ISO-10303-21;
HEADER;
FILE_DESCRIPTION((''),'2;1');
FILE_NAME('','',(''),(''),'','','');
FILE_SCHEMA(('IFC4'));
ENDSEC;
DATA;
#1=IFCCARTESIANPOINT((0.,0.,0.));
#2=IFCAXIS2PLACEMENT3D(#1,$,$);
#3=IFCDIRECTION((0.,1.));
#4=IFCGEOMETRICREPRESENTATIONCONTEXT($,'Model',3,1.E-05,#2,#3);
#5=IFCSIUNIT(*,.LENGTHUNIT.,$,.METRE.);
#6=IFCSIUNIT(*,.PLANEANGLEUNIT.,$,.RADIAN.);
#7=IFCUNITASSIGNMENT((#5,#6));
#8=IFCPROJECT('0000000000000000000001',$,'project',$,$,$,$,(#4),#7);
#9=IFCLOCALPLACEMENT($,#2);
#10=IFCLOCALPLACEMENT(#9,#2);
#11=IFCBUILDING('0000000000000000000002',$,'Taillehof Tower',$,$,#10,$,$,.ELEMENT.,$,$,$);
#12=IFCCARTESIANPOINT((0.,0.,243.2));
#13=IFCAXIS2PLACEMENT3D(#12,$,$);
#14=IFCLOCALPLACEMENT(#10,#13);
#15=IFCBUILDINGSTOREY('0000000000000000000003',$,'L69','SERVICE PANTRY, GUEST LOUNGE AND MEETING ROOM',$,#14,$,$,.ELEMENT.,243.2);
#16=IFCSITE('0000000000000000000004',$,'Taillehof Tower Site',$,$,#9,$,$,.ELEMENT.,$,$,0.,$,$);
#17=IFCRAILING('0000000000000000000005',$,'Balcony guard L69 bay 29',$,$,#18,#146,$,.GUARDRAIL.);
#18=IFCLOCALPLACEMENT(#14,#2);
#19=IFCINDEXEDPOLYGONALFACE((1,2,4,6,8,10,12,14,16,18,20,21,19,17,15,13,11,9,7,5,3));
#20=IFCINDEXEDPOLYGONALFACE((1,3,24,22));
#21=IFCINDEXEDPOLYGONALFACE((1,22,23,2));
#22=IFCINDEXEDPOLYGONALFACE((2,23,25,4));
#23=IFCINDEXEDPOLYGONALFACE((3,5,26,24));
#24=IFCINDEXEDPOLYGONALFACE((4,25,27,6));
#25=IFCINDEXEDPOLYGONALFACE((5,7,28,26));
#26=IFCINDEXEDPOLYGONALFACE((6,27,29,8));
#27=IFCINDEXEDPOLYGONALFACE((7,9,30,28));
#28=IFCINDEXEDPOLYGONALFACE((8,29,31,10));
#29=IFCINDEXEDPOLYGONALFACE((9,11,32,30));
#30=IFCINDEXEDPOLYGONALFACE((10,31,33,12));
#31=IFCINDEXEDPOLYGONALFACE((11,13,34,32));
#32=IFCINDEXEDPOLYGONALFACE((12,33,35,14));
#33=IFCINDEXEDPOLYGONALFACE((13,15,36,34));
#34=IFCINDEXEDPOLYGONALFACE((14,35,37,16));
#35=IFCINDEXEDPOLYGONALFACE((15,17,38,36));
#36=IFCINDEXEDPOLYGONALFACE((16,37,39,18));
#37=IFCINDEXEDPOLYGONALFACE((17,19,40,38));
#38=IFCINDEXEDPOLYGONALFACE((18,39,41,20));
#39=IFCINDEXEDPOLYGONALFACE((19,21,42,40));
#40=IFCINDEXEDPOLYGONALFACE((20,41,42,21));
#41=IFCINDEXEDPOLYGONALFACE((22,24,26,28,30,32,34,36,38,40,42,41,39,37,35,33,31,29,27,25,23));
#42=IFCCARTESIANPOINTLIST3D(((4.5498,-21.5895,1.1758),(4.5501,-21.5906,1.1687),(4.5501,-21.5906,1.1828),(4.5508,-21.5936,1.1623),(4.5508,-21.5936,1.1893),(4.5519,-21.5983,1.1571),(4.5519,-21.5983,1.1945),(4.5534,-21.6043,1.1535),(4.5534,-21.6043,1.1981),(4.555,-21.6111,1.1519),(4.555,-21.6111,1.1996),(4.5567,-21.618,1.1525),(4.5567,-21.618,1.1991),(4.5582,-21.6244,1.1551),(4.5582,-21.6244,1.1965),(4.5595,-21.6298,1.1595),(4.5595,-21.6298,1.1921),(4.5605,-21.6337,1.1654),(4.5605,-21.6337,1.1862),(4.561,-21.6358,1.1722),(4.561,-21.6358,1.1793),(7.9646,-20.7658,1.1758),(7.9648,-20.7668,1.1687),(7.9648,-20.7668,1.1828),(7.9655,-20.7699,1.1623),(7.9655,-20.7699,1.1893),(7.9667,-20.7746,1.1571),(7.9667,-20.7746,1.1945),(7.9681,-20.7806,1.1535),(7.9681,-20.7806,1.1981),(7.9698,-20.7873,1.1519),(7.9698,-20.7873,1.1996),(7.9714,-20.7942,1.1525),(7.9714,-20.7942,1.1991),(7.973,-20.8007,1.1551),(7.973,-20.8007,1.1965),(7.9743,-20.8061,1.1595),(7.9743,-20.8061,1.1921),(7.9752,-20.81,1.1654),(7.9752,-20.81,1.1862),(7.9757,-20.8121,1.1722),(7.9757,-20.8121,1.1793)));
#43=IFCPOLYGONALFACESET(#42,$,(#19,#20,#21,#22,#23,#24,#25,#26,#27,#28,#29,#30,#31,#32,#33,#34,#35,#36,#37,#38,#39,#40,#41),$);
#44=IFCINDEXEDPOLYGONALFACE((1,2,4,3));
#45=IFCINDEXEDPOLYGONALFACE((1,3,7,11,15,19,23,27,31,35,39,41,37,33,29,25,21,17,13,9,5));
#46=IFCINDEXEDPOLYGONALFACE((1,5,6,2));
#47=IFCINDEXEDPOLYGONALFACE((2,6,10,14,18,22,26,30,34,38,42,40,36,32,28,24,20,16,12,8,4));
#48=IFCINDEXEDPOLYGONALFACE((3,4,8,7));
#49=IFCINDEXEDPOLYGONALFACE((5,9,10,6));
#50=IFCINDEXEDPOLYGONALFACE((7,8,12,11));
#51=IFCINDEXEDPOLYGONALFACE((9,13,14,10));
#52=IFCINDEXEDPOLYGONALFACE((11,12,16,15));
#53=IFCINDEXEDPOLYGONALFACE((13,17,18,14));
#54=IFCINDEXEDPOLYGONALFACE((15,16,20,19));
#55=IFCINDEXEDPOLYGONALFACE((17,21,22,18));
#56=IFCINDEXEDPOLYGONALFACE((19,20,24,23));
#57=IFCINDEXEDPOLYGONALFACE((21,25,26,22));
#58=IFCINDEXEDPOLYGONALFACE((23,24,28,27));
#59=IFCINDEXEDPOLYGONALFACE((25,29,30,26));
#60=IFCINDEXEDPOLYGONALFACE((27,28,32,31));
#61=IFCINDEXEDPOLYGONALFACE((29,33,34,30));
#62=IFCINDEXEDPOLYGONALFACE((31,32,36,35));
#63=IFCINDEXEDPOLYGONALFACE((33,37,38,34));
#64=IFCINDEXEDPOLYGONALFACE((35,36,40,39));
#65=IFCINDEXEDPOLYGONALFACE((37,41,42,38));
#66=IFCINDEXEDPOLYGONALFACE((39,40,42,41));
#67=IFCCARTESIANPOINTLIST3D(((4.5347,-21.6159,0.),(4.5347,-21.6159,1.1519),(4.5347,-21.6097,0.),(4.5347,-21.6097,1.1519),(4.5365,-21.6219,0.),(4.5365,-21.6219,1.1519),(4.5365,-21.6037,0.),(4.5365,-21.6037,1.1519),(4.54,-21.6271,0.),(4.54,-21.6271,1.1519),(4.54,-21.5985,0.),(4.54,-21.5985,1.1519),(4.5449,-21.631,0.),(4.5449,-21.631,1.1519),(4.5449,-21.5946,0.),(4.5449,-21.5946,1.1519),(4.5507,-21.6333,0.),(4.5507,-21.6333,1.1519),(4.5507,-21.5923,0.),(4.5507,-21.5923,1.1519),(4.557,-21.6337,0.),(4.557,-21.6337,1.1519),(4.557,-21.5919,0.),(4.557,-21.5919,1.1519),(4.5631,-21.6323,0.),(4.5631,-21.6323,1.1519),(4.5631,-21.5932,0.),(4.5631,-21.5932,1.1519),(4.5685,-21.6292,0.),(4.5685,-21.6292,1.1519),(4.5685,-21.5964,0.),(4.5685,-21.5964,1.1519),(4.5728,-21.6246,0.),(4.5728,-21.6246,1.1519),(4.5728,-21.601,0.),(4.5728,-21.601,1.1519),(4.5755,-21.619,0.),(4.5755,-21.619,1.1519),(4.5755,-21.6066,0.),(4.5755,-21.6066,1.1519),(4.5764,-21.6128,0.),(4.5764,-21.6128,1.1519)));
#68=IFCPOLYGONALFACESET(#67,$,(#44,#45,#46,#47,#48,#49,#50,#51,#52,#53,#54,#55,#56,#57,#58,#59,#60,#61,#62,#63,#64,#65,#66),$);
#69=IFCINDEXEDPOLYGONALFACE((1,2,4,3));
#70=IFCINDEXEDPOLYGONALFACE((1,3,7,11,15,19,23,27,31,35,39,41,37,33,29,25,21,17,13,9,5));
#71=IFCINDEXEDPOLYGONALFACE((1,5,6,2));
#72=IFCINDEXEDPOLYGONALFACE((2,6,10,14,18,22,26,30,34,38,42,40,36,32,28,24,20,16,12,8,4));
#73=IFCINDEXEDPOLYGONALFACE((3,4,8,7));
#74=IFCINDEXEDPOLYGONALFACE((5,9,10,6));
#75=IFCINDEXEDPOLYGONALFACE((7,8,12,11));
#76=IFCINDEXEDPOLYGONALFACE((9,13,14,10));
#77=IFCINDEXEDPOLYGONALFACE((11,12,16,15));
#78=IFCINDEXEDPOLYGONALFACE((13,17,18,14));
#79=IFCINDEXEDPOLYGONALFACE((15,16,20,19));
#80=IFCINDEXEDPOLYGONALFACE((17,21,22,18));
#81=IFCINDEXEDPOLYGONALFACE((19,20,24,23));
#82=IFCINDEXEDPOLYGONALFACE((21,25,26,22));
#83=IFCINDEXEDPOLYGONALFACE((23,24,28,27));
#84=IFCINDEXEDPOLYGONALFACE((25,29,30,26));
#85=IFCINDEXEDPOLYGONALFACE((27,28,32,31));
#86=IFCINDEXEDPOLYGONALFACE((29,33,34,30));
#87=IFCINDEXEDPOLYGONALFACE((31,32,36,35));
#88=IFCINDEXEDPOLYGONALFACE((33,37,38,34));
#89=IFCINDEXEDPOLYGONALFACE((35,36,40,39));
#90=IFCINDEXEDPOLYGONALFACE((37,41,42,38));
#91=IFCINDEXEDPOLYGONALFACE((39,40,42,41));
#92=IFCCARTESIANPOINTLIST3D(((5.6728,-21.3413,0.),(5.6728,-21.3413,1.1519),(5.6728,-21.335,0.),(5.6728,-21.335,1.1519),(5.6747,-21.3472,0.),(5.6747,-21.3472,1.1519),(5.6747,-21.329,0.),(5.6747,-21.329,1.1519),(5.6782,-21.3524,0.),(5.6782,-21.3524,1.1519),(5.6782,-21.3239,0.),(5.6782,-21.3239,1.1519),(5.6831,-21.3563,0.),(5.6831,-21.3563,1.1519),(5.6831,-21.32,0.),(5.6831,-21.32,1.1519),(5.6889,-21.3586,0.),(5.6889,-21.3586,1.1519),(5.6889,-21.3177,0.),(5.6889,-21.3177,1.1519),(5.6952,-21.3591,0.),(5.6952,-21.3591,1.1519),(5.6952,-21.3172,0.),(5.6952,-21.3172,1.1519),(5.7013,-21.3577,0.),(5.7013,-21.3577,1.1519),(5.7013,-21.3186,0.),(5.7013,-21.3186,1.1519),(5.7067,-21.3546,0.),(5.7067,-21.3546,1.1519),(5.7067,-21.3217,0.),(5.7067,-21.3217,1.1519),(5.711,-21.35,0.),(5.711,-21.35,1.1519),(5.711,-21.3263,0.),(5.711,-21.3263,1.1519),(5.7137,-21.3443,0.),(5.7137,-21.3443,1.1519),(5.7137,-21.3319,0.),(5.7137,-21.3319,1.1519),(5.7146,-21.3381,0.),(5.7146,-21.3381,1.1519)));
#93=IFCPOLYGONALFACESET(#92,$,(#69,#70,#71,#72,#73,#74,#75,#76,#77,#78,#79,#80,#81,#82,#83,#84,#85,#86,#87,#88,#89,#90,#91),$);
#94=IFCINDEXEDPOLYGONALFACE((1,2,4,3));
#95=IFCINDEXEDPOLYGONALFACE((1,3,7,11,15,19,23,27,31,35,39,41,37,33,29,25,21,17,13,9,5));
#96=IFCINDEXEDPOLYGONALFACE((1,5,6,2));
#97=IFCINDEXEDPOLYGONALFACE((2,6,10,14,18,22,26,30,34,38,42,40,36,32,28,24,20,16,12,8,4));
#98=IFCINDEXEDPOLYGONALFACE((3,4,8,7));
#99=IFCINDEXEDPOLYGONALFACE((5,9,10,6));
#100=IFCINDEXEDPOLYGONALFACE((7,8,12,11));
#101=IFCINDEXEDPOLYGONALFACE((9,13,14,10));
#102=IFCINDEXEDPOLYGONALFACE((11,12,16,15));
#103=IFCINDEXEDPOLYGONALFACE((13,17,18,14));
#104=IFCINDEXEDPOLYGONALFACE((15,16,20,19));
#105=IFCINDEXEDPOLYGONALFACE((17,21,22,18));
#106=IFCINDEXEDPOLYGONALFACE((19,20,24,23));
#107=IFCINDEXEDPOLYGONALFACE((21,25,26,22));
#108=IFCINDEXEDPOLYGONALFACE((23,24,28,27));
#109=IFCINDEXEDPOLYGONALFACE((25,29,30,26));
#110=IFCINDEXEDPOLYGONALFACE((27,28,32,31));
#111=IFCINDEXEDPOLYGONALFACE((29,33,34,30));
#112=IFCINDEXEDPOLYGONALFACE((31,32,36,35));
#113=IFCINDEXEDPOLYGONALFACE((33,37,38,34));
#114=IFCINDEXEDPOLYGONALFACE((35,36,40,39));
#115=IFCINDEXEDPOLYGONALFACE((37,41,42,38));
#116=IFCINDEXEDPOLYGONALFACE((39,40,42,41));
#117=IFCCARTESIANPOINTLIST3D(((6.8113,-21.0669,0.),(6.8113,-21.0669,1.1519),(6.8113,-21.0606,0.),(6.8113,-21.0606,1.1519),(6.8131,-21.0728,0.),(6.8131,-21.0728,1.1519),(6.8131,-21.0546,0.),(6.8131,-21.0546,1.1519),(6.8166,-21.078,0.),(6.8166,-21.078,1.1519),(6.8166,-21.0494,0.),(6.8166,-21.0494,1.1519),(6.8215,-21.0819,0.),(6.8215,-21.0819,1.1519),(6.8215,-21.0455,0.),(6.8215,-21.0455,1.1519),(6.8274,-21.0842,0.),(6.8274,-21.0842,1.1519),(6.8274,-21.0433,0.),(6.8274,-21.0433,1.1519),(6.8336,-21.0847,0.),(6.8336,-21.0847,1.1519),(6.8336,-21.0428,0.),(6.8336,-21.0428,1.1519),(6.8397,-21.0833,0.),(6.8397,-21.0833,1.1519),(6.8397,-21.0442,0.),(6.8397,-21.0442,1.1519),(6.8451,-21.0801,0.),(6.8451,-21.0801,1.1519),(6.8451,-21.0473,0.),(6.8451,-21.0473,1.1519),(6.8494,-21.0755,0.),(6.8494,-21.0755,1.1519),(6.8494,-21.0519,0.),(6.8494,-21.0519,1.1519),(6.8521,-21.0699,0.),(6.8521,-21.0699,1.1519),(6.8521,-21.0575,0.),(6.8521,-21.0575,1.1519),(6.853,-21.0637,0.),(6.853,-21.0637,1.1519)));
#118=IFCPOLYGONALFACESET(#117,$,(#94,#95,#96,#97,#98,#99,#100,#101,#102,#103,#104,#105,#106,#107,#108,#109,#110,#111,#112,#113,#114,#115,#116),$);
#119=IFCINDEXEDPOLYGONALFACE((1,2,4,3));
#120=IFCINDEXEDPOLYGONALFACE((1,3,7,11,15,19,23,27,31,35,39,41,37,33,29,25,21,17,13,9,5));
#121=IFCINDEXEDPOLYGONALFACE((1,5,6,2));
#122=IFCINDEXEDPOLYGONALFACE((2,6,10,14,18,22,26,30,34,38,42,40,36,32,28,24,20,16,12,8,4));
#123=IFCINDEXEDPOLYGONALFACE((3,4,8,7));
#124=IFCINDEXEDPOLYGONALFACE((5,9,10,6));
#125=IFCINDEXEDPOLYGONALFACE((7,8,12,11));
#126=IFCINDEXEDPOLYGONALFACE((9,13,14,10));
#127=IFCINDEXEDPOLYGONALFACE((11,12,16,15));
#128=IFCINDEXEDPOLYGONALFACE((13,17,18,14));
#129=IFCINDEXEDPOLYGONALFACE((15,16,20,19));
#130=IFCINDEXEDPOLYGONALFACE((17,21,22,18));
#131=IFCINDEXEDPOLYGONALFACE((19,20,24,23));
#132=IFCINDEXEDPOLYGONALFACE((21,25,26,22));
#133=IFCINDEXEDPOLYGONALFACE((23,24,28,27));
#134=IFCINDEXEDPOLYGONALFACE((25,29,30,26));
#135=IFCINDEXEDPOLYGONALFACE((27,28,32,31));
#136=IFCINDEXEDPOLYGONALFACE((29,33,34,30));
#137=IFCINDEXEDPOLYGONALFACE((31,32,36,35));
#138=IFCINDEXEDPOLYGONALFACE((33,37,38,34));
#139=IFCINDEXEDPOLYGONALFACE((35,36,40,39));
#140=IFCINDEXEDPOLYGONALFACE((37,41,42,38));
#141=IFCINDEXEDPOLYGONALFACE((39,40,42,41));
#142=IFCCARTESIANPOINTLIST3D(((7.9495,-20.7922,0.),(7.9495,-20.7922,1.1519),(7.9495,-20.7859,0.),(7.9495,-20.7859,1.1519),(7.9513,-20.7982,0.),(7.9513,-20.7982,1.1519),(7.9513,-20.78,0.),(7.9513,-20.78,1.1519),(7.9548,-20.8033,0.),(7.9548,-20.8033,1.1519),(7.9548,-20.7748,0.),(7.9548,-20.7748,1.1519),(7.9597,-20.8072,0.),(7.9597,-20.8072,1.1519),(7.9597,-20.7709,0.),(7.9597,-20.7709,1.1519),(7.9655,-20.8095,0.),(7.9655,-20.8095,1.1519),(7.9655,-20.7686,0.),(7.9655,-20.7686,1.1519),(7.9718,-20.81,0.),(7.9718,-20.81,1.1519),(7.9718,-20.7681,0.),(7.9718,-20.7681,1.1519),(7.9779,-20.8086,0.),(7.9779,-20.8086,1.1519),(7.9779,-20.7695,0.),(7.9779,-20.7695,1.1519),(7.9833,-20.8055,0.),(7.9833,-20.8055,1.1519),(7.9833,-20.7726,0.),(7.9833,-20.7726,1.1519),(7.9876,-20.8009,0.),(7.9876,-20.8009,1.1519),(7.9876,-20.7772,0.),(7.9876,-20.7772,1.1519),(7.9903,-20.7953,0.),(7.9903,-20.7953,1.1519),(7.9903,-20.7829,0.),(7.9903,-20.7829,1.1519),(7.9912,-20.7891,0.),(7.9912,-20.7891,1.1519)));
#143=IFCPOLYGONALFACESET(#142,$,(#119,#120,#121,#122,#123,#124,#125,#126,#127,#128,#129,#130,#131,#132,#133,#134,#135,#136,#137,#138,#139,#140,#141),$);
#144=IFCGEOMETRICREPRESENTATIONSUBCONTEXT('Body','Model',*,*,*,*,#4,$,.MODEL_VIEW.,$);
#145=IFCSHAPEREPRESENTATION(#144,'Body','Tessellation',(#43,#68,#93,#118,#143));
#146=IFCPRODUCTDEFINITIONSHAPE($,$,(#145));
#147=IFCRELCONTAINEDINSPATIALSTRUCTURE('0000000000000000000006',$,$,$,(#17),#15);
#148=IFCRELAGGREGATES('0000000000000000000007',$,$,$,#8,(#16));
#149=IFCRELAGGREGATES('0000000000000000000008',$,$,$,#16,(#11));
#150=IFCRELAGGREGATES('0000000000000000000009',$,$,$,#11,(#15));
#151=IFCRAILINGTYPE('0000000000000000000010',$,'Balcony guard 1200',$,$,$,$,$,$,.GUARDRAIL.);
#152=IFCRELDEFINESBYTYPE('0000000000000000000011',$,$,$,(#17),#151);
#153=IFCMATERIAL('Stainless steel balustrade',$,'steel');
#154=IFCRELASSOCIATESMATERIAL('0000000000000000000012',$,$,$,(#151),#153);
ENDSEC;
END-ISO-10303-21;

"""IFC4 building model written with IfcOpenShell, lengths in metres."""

from ifc_helpers import new_model, si_unit, direction, frame, origin, origin_2d, place, context, subcontext, project, spatial, circle, extrude, material, type_object, element, save


model = new_model("IFC4")

# Units and contexts
model_context = context("Model", 3, precision=1e-05, world=origin(), true_north=direction((0.0, 1.0)))
body_context = subcontext(model_context, "Body", "Model", "MODEL_VIEW")
ifc_project = project(units=[si_unit("LENGTHUNIT", "METRE"), si_unit("PLANEANGLEUNIT", "RADIAN")], contexts=[model_context])

# Site, building, storey
site_placement = place(None, origin())
site = spatial("IfcSite", under=ifc_project, at=site_placement, Name="Taillehof Tower Site", CompositionType="ELEMENT", RefElevation=0.0)
building_placement = place(site_placement, origin())
building = spatial("IfcBuilding", under=site, at=building_placement, Name="Taillehof Tower", CompositionType="ELEMENT")
storey_placement = place(building_placement, frame((0.0, 0.0, 243.2)))
storey = spatial("IfcBuildingStorey", under=building, at=storey_placement, Name="L69", Description="SERVICE PANTRY, GUEST LOUNGE AND MEETING ROOM", CompositionType="ELEMENT", Elevation=243.2)

# Railing
ifc_material_1 = material(Name="Stainless steel balustrade", Category="steel")
railing_type = type_object("IfcRailingType", Name="Balcony guard 1200", PredefinedType="GUARDRAIL", material=ifc_material_1)
railing_1_placement = place(storey_placement, frame((4.5554, -21.6128, 0.0)))
element("IfcRailing", 1, at=railing_1_placement, inside=storey, type_object=railing_type, Name="Balcony guard L69 bay 29", PredefinedType="GUARDRAIL", context=body_context, shape_type="SweptSolid", body=[
    extrude(circle(Radius=0.0239, at=origin_2d()), frame((0.0, 0.0, 1.1758), z_axis=(0.972117, 0.234498, 0.0), x_axis=(-0.234498, 0.972117, 0.0)), (0.0, 0.0, 1.0), 3.5127),
    extrude(circle(Radius=0.021, at=origin_2d()), origin(), (0.0, 0.0, 1.0), 1.1519),
    extrude(circle(Radius=0.021, at=origin_2d()), frame((1.1382, 0.2747, 0.0)), (0.0, 0.0, 1.0), 1.1519),
    extrude(circle(Radius=0.021, at=origin_2d()), frame((2.2766, 0.5491, 0.0)), (0.0, 0.0, 1.0), 1.1519),
    extrude(circle(Radius=0.021, at=origin_2d()), frame((3.4148, 0.8237, 0.0)), (0.0, 0.0, 1.0), 1.1519),
])

save(model, "model.ifc")
